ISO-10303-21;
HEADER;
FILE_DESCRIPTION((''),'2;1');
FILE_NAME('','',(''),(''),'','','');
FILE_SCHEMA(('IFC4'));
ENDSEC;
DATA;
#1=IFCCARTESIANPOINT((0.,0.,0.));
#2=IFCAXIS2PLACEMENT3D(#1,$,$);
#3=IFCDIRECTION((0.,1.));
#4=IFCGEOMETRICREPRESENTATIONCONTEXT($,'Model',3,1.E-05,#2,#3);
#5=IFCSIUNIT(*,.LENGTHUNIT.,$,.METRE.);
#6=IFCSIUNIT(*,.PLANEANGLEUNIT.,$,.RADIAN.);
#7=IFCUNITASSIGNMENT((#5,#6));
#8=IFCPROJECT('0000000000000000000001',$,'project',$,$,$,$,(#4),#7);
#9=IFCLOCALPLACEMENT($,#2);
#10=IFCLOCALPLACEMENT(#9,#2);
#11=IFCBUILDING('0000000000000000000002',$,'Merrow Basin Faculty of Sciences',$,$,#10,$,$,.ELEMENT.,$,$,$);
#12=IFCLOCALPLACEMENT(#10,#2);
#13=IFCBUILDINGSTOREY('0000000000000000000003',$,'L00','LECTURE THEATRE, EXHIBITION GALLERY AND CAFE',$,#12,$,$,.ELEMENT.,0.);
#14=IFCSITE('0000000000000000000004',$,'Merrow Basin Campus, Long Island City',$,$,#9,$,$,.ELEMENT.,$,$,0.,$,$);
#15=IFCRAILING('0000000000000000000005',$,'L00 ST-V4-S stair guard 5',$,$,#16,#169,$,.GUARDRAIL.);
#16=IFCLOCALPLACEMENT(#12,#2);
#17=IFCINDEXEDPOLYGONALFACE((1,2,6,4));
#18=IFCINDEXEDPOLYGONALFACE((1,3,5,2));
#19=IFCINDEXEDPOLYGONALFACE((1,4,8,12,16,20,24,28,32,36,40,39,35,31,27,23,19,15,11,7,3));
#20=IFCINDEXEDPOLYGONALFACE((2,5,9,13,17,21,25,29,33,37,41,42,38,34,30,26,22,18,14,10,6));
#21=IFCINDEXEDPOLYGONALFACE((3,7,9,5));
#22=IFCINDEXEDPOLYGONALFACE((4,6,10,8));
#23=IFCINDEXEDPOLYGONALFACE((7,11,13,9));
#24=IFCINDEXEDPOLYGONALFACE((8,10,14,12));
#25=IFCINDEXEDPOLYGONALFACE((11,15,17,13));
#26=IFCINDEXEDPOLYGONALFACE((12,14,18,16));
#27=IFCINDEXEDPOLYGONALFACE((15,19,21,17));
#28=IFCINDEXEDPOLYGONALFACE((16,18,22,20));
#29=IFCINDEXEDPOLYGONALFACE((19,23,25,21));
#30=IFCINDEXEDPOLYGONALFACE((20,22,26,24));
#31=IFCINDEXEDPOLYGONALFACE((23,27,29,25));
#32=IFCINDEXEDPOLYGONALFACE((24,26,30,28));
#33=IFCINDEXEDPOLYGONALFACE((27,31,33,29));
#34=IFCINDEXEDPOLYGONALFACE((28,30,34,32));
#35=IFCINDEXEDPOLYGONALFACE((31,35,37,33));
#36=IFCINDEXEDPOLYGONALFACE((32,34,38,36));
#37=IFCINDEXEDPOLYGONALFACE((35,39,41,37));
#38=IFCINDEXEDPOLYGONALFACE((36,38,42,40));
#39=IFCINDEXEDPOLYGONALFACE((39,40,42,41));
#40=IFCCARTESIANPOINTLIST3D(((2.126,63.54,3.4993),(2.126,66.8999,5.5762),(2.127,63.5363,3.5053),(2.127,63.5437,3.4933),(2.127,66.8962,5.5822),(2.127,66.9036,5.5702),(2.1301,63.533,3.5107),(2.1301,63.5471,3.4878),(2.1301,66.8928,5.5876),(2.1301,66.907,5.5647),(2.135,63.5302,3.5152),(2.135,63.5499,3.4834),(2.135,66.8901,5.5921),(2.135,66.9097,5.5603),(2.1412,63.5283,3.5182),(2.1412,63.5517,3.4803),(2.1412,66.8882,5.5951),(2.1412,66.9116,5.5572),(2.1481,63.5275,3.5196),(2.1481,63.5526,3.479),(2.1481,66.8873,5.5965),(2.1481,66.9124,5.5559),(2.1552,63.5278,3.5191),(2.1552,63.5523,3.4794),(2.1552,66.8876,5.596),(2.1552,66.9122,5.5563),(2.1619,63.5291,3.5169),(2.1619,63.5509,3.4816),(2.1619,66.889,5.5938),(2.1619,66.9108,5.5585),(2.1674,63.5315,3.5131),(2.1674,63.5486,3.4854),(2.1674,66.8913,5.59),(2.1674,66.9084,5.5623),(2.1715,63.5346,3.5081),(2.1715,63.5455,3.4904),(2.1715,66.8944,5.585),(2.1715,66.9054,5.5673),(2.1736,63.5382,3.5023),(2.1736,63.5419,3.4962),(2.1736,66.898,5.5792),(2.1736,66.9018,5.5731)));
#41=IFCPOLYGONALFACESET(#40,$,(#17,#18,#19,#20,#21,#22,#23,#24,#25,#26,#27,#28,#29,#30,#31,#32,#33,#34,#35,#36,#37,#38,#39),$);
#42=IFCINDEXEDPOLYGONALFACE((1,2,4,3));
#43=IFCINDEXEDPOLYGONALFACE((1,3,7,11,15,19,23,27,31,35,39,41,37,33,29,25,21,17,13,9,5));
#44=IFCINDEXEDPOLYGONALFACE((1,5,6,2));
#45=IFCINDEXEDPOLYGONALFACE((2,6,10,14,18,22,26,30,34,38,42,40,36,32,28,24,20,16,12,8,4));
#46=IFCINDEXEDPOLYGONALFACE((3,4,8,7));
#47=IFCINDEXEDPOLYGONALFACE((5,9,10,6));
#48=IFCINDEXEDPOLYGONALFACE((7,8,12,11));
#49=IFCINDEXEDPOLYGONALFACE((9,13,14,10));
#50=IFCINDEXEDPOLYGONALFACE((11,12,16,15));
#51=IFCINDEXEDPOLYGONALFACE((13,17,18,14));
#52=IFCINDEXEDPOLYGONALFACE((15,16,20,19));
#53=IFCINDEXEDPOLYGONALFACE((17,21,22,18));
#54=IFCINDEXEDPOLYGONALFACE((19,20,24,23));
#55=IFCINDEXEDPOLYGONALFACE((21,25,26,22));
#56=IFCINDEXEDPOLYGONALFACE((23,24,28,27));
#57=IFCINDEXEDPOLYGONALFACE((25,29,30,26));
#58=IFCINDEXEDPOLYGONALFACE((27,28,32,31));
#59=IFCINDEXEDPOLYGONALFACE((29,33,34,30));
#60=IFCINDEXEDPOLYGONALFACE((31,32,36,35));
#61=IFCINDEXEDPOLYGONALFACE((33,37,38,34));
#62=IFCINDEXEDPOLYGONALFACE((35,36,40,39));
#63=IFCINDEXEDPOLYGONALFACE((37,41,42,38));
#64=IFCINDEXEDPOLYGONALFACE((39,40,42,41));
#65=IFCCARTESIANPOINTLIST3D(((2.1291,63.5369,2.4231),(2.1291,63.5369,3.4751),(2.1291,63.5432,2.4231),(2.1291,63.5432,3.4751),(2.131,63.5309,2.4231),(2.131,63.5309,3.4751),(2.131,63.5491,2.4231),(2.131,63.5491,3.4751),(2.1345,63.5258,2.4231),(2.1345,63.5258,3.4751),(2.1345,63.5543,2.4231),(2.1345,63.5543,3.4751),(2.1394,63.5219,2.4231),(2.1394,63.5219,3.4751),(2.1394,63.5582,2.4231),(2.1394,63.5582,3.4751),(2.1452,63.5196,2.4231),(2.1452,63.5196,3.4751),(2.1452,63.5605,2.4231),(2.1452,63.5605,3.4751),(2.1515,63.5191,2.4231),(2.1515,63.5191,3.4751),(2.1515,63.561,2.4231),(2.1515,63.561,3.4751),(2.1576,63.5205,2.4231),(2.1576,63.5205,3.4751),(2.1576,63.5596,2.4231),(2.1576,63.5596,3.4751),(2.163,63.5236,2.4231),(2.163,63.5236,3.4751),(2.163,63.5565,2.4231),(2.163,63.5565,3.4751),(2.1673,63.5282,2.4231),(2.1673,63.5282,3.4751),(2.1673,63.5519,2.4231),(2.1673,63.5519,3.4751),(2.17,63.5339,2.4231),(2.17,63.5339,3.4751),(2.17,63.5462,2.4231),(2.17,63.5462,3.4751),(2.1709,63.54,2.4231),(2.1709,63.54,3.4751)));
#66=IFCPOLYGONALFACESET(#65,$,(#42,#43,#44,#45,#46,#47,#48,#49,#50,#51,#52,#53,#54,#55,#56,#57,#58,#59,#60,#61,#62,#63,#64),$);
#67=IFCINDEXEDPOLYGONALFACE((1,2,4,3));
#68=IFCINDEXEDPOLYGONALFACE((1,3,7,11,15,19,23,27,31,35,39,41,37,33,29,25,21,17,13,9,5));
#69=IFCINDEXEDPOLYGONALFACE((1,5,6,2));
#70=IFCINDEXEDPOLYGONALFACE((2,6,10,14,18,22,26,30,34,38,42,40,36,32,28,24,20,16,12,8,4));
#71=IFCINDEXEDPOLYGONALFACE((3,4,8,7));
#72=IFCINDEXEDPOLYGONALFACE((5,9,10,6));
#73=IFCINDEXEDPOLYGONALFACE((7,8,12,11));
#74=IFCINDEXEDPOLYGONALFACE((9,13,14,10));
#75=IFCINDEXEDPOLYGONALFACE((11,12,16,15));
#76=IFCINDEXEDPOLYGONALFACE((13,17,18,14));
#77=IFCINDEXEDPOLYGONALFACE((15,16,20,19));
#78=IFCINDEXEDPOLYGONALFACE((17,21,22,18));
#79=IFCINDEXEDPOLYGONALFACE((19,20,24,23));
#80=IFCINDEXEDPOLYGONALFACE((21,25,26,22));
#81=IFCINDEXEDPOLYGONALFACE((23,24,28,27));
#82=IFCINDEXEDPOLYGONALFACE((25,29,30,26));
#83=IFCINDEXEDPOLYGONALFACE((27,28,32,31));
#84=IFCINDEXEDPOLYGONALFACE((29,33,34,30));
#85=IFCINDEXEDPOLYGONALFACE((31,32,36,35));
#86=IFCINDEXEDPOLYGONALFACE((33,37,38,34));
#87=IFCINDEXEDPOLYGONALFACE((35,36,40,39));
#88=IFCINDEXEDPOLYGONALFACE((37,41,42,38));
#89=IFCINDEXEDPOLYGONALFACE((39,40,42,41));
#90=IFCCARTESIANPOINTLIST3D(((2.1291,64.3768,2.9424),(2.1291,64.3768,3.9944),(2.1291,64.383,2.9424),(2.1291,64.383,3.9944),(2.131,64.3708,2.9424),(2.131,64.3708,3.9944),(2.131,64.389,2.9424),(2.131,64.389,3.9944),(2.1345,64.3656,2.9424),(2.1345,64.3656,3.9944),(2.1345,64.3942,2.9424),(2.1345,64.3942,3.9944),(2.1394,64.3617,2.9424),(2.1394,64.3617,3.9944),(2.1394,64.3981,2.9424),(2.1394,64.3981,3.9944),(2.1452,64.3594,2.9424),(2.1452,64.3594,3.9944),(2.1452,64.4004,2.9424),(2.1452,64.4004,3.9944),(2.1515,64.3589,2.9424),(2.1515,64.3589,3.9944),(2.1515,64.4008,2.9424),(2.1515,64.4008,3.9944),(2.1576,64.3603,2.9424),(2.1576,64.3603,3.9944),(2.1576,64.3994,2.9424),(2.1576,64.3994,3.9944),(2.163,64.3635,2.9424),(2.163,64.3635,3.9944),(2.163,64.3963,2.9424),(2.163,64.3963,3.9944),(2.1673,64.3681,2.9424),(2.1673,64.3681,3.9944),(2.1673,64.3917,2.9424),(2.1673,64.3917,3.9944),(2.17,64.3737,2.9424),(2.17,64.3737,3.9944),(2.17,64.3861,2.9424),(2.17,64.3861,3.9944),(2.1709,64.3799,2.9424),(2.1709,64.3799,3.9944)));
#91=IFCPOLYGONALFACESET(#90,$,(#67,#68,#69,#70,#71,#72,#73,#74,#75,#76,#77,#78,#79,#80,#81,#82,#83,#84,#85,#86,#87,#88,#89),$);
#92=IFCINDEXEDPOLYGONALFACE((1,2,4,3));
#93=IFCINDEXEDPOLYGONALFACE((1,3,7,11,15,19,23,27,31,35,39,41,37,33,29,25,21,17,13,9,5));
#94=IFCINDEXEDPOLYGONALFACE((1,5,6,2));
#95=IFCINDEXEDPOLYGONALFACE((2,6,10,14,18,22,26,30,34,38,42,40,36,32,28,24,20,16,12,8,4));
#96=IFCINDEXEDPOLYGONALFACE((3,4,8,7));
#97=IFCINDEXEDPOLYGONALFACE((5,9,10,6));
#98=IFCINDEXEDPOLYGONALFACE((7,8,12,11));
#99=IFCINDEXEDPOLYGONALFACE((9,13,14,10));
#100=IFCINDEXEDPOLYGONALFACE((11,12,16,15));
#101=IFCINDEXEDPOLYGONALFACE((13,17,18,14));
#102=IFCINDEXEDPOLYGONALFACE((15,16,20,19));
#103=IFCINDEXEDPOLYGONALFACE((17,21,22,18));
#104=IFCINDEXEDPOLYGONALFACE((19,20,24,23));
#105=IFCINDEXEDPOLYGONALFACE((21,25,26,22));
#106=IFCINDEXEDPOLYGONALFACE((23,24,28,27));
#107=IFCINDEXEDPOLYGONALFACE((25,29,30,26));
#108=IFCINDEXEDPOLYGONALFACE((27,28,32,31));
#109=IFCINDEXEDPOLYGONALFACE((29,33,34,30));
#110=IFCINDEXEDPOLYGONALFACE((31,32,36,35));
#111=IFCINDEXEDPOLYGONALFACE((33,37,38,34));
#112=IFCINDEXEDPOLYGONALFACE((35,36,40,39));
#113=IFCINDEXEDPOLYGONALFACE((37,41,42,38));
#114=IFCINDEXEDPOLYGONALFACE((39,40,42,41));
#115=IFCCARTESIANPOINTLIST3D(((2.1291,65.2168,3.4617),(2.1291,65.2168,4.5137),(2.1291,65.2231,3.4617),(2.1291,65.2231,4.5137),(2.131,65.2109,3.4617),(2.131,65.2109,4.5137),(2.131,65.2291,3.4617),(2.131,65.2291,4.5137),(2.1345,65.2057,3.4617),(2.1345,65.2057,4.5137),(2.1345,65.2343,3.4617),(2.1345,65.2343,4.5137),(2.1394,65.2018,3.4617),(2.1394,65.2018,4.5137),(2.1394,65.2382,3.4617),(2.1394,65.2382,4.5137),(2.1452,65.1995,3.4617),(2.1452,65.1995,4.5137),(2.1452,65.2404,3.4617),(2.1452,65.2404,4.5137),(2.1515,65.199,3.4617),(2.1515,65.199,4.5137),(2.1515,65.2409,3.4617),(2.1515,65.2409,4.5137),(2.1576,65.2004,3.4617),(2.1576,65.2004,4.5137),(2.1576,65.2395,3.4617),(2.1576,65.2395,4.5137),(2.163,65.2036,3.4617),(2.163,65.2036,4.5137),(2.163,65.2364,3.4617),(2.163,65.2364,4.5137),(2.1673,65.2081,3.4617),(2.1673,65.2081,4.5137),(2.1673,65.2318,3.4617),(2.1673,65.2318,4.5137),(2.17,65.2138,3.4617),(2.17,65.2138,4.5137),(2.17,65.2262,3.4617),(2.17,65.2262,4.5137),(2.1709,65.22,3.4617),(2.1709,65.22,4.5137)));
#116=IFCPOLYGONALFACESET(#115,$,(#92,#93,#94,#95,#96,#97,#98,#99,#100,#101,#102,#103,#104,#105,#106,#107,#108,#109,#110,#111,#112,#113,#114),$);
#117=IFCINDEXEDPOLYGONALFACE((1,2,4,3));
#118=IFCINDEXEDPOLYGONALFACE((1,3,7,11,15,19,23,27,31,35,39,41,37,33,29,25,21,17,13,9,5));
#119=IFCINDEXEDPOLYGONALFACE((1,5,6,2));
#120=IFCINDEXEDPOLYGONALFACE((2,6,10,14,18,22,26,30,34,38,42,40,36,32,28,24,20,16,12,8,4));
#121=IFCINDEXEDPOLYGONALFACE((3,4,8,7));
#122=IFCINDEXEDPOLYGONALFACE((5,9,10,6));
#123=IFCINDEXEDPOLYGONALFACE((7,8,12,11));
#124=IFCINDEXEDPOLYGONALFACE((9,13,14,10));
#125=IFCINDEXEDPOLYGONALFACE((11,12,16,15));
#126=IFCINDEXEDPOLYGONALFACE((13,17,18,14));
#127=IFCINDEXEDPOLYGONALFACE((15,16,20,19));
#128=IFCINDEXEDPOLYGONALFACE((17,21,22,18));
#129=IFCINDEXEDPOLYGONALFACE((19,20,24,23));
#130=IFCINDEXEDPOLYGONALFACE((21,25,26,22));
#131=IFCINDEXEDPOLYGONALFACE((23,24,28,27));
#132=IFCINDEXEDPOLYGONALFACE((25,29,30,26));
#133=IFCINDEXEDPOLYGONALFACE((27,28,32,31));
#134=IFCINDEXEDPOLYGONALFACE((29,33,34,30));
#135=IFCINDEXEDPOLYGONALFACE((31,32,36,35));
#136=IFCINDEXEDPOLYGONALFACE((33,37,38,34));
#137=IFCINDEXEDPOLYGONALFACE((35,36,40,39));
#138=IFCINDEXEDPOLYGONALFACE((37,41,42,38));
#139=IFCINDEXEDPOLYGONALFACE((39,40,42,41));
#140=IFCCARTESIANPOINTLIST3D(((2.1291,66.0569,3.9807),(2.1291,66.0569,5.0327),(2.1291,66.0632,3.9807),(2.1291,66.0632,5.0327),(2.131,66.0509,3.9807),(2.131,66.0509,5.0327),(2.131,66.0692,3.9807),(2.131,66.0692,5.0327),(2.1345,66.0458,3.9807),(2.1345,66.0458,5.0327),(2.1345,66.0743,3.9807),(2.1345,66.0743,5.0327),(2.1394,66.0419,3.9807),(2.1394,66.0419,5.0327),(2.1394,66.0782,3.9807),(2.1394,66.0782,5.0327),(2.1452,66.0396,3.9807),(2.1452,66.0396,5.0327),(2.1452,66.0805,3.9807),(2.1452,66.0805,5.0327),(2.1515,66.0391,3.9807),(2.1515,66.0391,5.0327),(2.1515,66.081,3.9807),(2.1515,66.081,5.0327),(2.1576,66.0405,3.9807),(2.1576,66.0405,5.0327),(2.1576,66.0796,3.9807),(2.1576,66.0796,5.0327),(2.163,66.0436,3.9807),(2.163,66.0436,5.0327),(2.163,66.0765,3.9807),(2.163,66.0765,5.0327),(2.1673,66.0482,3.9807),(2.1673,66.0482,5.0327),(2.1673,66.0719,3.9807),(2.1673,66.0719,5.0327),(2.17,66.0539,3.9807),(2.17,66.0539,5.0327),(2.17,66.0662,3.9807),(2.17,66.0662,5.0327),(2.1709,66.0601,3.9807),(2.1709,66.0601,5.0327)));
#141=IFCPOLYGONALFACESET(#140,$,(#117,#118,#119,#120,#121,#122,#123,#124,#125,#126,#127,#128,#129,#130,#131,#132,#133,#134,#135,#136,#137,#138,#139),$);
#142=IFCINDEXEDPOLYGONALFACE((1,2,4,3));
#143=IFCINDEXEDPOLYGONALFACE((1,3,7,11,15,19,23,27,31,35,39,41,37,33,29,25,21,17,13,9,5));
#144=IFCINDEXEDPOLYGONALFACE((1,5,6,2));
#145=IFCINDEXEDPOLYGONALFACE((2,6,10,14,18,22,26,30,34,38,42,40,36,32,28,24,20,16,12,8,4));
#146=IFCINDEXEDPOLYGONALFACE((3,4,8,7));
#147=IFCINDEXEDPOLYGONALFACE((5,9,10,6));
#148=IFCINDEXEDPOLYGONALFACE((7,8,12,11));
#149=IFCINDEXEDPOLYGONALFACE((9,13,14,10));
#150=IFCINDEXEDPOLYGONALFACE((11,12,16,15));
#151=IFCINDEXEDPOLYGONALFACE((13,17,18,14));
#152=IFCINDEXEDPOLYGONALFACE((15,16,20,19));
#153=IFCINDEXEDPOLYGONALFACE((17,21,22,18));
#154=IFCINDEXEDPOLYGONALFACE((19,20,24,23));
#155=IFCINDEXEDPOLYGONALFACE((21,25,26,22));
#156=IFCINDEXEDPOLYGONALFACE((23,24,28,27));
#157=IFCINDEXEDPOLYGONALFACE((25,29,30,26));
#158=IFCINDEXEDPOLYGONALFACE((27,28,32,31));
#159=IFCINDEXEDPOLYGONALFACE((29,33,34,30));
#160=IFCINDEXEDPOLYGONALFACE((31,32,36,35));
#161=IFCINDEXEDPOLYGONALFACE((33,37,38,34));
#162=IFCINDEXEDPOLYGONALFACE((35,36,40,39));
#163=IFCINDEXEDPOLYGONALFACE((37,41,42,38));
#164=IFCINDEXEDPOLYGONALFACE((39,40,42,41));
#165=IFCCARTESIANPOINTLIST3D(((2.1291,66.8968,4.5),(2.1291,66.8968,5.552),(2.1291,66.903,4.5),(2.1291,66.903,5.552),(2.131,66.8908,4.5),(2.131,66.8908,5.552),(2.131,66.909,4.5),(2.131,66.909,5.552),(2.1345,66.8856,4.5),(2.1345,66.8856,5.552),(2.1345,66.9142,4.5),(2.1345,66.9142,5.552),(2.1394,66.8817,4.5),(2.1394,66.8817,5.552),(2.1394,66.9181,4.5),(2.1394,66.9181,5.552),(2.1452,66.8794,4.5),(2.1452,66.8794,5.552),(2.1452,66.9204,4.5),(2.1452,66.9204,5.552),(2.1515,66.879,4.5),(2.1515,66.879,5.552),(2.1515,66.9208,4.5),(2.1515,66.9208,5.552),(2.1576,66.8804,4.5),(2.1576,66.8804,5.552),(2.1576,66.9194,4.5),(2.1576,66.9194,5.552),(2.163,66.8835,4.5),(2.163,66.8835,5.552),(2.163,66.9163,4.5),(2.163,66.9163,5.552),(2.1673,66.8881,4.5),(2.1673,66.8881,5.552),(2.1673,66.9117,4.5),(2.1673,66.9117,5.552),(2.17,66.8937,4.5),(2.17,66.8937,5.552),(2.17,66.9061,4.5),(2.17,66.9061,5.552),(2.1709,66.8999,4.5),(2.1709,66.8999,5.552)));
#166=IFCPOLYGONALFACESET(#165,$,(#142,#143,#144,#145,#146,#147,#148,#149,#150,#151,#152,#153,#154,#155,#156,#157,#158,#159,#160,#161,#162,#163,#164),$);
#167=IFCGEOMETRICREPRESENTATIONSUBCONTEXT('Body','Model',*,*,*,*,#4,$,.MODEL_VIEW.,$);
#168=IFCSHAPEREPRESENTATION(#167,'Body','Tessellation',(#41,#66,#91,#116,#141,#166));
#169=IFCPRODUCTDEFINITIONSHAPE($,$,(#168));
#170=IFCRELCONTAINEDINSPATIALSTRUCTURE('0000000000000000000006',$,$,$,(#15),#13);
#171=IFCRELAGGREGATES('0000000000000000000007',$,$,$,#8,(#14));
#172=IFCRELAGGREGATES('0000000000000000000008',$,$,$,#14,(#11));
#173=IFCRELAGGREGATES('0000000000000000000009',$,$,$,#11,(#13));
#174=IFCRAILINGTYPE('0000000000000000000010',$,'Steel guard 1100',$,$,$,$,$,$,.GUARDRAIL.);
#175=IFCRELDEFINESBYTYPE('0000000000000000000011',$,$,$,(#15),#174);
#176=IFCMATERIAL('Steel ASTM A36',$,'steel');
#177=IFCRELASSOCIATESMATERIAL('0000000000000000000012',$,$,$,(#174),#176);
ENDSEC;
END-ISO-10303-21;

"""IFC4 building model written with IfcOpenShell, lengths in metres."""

from ifc_helpers import new_model, si_unit, direction, frame, origin, origin_2d, place, context, subcontext, project, spatial, circle, extrude, material, type_object, element, save


model = new_model("IFC4")

# Units and contexts
model_context = context("Model", 3, precision=1e-05, world=origin(), true_north=direction((0.0, 1.0)))
body_context = subcontext(model_context, "Body", "Model", "MODEL_VIEW")
ifc_project = project(units=[si_unit("LENGTHUNIT", "METRE"), si_unit("PLANEANGLEUNIT", "RADIAN")], contexts=[model_context])

# Site, building, storey
site_placement = place(None, origin())
site = spatial("IfcSite", under=ifc_project, at=site_placement, Name="Merrow Basin Campus, Long Island City", CompositionType="ELEMENT", RefElevation=0.0)
building_placement = place(site_placement, origin())
building = spatial("IfcBuilding", under=site, at=building_placement, Name="Merrow Basin Faculty of Sciences", CompositionType="ELEMENT")
storey_placement = place(building_placement, origin())
storey = spatial("IfcBuildingStorey", under=building, at=storey_placement, Name="L00", Description="LECTURE THEATRE, EXHIBITION GALLERY AND CAFE", CompositionType="ELEMENT", Elevation=0.0)

# Railing
ifc_material_1 = material(Name="Steel ASTM A36", Category="steel")
railing_type_1 = type_object("IfcRailingType", Name="Steel guard 1100", PredefinedType="GUARDRAIL", material=ifc_material_1)
railing_1_placement = place(storey_placement, frame((2.1499, 63.54, 2.4231)))
element("IfcRailing", 1, at=railing_1_placement, inside=storey, type_object=railing_type_1, Name="L00 ST-V4-S stair guard 5", PredefinedType="GUARDRAIL", context=body_context, shape_type="SweptSolid", body=[
    extrude(circle(Radius=0.0239, at=origin_2d()), frame((0.0, 0.0, 1.0762), z_axis=(0.0, 0.850606, 0.525803), x_axis=(-1.0, 0.0, 0.0)), (0.0, 0.0, 1.0), 3.95),
    extrude(circle(Radius=0.021, at=origin_2d()), origin(), (0.0, 0.0, 1.0), 1.052),
    extrude(circle(Radius=0.021, at=origin_2d()), frame((0.0, 0.8398, 0.5193)), (0.0, 0.0, 1.0), 1.052),
    extrude(circle(Radius=0.021, at=origin_2d()), frame((0.0, 1.6799, 1.0386)), (0.0, 0.0, 1.0), 1.052),
    extrude(circle(Radius=0.021, at=origin_2d()), frame((0.0, 2.52, 1.5576)), (0.0, 0.0, 1.0), 1.052),
    extrude(circle(Radius=0.021, at=origin_2d()), frame((0.0, 3.3599, 2.0769)), (0.0, 0.0, 1.0), 1.052),
])

save(model, "model.ifc")
